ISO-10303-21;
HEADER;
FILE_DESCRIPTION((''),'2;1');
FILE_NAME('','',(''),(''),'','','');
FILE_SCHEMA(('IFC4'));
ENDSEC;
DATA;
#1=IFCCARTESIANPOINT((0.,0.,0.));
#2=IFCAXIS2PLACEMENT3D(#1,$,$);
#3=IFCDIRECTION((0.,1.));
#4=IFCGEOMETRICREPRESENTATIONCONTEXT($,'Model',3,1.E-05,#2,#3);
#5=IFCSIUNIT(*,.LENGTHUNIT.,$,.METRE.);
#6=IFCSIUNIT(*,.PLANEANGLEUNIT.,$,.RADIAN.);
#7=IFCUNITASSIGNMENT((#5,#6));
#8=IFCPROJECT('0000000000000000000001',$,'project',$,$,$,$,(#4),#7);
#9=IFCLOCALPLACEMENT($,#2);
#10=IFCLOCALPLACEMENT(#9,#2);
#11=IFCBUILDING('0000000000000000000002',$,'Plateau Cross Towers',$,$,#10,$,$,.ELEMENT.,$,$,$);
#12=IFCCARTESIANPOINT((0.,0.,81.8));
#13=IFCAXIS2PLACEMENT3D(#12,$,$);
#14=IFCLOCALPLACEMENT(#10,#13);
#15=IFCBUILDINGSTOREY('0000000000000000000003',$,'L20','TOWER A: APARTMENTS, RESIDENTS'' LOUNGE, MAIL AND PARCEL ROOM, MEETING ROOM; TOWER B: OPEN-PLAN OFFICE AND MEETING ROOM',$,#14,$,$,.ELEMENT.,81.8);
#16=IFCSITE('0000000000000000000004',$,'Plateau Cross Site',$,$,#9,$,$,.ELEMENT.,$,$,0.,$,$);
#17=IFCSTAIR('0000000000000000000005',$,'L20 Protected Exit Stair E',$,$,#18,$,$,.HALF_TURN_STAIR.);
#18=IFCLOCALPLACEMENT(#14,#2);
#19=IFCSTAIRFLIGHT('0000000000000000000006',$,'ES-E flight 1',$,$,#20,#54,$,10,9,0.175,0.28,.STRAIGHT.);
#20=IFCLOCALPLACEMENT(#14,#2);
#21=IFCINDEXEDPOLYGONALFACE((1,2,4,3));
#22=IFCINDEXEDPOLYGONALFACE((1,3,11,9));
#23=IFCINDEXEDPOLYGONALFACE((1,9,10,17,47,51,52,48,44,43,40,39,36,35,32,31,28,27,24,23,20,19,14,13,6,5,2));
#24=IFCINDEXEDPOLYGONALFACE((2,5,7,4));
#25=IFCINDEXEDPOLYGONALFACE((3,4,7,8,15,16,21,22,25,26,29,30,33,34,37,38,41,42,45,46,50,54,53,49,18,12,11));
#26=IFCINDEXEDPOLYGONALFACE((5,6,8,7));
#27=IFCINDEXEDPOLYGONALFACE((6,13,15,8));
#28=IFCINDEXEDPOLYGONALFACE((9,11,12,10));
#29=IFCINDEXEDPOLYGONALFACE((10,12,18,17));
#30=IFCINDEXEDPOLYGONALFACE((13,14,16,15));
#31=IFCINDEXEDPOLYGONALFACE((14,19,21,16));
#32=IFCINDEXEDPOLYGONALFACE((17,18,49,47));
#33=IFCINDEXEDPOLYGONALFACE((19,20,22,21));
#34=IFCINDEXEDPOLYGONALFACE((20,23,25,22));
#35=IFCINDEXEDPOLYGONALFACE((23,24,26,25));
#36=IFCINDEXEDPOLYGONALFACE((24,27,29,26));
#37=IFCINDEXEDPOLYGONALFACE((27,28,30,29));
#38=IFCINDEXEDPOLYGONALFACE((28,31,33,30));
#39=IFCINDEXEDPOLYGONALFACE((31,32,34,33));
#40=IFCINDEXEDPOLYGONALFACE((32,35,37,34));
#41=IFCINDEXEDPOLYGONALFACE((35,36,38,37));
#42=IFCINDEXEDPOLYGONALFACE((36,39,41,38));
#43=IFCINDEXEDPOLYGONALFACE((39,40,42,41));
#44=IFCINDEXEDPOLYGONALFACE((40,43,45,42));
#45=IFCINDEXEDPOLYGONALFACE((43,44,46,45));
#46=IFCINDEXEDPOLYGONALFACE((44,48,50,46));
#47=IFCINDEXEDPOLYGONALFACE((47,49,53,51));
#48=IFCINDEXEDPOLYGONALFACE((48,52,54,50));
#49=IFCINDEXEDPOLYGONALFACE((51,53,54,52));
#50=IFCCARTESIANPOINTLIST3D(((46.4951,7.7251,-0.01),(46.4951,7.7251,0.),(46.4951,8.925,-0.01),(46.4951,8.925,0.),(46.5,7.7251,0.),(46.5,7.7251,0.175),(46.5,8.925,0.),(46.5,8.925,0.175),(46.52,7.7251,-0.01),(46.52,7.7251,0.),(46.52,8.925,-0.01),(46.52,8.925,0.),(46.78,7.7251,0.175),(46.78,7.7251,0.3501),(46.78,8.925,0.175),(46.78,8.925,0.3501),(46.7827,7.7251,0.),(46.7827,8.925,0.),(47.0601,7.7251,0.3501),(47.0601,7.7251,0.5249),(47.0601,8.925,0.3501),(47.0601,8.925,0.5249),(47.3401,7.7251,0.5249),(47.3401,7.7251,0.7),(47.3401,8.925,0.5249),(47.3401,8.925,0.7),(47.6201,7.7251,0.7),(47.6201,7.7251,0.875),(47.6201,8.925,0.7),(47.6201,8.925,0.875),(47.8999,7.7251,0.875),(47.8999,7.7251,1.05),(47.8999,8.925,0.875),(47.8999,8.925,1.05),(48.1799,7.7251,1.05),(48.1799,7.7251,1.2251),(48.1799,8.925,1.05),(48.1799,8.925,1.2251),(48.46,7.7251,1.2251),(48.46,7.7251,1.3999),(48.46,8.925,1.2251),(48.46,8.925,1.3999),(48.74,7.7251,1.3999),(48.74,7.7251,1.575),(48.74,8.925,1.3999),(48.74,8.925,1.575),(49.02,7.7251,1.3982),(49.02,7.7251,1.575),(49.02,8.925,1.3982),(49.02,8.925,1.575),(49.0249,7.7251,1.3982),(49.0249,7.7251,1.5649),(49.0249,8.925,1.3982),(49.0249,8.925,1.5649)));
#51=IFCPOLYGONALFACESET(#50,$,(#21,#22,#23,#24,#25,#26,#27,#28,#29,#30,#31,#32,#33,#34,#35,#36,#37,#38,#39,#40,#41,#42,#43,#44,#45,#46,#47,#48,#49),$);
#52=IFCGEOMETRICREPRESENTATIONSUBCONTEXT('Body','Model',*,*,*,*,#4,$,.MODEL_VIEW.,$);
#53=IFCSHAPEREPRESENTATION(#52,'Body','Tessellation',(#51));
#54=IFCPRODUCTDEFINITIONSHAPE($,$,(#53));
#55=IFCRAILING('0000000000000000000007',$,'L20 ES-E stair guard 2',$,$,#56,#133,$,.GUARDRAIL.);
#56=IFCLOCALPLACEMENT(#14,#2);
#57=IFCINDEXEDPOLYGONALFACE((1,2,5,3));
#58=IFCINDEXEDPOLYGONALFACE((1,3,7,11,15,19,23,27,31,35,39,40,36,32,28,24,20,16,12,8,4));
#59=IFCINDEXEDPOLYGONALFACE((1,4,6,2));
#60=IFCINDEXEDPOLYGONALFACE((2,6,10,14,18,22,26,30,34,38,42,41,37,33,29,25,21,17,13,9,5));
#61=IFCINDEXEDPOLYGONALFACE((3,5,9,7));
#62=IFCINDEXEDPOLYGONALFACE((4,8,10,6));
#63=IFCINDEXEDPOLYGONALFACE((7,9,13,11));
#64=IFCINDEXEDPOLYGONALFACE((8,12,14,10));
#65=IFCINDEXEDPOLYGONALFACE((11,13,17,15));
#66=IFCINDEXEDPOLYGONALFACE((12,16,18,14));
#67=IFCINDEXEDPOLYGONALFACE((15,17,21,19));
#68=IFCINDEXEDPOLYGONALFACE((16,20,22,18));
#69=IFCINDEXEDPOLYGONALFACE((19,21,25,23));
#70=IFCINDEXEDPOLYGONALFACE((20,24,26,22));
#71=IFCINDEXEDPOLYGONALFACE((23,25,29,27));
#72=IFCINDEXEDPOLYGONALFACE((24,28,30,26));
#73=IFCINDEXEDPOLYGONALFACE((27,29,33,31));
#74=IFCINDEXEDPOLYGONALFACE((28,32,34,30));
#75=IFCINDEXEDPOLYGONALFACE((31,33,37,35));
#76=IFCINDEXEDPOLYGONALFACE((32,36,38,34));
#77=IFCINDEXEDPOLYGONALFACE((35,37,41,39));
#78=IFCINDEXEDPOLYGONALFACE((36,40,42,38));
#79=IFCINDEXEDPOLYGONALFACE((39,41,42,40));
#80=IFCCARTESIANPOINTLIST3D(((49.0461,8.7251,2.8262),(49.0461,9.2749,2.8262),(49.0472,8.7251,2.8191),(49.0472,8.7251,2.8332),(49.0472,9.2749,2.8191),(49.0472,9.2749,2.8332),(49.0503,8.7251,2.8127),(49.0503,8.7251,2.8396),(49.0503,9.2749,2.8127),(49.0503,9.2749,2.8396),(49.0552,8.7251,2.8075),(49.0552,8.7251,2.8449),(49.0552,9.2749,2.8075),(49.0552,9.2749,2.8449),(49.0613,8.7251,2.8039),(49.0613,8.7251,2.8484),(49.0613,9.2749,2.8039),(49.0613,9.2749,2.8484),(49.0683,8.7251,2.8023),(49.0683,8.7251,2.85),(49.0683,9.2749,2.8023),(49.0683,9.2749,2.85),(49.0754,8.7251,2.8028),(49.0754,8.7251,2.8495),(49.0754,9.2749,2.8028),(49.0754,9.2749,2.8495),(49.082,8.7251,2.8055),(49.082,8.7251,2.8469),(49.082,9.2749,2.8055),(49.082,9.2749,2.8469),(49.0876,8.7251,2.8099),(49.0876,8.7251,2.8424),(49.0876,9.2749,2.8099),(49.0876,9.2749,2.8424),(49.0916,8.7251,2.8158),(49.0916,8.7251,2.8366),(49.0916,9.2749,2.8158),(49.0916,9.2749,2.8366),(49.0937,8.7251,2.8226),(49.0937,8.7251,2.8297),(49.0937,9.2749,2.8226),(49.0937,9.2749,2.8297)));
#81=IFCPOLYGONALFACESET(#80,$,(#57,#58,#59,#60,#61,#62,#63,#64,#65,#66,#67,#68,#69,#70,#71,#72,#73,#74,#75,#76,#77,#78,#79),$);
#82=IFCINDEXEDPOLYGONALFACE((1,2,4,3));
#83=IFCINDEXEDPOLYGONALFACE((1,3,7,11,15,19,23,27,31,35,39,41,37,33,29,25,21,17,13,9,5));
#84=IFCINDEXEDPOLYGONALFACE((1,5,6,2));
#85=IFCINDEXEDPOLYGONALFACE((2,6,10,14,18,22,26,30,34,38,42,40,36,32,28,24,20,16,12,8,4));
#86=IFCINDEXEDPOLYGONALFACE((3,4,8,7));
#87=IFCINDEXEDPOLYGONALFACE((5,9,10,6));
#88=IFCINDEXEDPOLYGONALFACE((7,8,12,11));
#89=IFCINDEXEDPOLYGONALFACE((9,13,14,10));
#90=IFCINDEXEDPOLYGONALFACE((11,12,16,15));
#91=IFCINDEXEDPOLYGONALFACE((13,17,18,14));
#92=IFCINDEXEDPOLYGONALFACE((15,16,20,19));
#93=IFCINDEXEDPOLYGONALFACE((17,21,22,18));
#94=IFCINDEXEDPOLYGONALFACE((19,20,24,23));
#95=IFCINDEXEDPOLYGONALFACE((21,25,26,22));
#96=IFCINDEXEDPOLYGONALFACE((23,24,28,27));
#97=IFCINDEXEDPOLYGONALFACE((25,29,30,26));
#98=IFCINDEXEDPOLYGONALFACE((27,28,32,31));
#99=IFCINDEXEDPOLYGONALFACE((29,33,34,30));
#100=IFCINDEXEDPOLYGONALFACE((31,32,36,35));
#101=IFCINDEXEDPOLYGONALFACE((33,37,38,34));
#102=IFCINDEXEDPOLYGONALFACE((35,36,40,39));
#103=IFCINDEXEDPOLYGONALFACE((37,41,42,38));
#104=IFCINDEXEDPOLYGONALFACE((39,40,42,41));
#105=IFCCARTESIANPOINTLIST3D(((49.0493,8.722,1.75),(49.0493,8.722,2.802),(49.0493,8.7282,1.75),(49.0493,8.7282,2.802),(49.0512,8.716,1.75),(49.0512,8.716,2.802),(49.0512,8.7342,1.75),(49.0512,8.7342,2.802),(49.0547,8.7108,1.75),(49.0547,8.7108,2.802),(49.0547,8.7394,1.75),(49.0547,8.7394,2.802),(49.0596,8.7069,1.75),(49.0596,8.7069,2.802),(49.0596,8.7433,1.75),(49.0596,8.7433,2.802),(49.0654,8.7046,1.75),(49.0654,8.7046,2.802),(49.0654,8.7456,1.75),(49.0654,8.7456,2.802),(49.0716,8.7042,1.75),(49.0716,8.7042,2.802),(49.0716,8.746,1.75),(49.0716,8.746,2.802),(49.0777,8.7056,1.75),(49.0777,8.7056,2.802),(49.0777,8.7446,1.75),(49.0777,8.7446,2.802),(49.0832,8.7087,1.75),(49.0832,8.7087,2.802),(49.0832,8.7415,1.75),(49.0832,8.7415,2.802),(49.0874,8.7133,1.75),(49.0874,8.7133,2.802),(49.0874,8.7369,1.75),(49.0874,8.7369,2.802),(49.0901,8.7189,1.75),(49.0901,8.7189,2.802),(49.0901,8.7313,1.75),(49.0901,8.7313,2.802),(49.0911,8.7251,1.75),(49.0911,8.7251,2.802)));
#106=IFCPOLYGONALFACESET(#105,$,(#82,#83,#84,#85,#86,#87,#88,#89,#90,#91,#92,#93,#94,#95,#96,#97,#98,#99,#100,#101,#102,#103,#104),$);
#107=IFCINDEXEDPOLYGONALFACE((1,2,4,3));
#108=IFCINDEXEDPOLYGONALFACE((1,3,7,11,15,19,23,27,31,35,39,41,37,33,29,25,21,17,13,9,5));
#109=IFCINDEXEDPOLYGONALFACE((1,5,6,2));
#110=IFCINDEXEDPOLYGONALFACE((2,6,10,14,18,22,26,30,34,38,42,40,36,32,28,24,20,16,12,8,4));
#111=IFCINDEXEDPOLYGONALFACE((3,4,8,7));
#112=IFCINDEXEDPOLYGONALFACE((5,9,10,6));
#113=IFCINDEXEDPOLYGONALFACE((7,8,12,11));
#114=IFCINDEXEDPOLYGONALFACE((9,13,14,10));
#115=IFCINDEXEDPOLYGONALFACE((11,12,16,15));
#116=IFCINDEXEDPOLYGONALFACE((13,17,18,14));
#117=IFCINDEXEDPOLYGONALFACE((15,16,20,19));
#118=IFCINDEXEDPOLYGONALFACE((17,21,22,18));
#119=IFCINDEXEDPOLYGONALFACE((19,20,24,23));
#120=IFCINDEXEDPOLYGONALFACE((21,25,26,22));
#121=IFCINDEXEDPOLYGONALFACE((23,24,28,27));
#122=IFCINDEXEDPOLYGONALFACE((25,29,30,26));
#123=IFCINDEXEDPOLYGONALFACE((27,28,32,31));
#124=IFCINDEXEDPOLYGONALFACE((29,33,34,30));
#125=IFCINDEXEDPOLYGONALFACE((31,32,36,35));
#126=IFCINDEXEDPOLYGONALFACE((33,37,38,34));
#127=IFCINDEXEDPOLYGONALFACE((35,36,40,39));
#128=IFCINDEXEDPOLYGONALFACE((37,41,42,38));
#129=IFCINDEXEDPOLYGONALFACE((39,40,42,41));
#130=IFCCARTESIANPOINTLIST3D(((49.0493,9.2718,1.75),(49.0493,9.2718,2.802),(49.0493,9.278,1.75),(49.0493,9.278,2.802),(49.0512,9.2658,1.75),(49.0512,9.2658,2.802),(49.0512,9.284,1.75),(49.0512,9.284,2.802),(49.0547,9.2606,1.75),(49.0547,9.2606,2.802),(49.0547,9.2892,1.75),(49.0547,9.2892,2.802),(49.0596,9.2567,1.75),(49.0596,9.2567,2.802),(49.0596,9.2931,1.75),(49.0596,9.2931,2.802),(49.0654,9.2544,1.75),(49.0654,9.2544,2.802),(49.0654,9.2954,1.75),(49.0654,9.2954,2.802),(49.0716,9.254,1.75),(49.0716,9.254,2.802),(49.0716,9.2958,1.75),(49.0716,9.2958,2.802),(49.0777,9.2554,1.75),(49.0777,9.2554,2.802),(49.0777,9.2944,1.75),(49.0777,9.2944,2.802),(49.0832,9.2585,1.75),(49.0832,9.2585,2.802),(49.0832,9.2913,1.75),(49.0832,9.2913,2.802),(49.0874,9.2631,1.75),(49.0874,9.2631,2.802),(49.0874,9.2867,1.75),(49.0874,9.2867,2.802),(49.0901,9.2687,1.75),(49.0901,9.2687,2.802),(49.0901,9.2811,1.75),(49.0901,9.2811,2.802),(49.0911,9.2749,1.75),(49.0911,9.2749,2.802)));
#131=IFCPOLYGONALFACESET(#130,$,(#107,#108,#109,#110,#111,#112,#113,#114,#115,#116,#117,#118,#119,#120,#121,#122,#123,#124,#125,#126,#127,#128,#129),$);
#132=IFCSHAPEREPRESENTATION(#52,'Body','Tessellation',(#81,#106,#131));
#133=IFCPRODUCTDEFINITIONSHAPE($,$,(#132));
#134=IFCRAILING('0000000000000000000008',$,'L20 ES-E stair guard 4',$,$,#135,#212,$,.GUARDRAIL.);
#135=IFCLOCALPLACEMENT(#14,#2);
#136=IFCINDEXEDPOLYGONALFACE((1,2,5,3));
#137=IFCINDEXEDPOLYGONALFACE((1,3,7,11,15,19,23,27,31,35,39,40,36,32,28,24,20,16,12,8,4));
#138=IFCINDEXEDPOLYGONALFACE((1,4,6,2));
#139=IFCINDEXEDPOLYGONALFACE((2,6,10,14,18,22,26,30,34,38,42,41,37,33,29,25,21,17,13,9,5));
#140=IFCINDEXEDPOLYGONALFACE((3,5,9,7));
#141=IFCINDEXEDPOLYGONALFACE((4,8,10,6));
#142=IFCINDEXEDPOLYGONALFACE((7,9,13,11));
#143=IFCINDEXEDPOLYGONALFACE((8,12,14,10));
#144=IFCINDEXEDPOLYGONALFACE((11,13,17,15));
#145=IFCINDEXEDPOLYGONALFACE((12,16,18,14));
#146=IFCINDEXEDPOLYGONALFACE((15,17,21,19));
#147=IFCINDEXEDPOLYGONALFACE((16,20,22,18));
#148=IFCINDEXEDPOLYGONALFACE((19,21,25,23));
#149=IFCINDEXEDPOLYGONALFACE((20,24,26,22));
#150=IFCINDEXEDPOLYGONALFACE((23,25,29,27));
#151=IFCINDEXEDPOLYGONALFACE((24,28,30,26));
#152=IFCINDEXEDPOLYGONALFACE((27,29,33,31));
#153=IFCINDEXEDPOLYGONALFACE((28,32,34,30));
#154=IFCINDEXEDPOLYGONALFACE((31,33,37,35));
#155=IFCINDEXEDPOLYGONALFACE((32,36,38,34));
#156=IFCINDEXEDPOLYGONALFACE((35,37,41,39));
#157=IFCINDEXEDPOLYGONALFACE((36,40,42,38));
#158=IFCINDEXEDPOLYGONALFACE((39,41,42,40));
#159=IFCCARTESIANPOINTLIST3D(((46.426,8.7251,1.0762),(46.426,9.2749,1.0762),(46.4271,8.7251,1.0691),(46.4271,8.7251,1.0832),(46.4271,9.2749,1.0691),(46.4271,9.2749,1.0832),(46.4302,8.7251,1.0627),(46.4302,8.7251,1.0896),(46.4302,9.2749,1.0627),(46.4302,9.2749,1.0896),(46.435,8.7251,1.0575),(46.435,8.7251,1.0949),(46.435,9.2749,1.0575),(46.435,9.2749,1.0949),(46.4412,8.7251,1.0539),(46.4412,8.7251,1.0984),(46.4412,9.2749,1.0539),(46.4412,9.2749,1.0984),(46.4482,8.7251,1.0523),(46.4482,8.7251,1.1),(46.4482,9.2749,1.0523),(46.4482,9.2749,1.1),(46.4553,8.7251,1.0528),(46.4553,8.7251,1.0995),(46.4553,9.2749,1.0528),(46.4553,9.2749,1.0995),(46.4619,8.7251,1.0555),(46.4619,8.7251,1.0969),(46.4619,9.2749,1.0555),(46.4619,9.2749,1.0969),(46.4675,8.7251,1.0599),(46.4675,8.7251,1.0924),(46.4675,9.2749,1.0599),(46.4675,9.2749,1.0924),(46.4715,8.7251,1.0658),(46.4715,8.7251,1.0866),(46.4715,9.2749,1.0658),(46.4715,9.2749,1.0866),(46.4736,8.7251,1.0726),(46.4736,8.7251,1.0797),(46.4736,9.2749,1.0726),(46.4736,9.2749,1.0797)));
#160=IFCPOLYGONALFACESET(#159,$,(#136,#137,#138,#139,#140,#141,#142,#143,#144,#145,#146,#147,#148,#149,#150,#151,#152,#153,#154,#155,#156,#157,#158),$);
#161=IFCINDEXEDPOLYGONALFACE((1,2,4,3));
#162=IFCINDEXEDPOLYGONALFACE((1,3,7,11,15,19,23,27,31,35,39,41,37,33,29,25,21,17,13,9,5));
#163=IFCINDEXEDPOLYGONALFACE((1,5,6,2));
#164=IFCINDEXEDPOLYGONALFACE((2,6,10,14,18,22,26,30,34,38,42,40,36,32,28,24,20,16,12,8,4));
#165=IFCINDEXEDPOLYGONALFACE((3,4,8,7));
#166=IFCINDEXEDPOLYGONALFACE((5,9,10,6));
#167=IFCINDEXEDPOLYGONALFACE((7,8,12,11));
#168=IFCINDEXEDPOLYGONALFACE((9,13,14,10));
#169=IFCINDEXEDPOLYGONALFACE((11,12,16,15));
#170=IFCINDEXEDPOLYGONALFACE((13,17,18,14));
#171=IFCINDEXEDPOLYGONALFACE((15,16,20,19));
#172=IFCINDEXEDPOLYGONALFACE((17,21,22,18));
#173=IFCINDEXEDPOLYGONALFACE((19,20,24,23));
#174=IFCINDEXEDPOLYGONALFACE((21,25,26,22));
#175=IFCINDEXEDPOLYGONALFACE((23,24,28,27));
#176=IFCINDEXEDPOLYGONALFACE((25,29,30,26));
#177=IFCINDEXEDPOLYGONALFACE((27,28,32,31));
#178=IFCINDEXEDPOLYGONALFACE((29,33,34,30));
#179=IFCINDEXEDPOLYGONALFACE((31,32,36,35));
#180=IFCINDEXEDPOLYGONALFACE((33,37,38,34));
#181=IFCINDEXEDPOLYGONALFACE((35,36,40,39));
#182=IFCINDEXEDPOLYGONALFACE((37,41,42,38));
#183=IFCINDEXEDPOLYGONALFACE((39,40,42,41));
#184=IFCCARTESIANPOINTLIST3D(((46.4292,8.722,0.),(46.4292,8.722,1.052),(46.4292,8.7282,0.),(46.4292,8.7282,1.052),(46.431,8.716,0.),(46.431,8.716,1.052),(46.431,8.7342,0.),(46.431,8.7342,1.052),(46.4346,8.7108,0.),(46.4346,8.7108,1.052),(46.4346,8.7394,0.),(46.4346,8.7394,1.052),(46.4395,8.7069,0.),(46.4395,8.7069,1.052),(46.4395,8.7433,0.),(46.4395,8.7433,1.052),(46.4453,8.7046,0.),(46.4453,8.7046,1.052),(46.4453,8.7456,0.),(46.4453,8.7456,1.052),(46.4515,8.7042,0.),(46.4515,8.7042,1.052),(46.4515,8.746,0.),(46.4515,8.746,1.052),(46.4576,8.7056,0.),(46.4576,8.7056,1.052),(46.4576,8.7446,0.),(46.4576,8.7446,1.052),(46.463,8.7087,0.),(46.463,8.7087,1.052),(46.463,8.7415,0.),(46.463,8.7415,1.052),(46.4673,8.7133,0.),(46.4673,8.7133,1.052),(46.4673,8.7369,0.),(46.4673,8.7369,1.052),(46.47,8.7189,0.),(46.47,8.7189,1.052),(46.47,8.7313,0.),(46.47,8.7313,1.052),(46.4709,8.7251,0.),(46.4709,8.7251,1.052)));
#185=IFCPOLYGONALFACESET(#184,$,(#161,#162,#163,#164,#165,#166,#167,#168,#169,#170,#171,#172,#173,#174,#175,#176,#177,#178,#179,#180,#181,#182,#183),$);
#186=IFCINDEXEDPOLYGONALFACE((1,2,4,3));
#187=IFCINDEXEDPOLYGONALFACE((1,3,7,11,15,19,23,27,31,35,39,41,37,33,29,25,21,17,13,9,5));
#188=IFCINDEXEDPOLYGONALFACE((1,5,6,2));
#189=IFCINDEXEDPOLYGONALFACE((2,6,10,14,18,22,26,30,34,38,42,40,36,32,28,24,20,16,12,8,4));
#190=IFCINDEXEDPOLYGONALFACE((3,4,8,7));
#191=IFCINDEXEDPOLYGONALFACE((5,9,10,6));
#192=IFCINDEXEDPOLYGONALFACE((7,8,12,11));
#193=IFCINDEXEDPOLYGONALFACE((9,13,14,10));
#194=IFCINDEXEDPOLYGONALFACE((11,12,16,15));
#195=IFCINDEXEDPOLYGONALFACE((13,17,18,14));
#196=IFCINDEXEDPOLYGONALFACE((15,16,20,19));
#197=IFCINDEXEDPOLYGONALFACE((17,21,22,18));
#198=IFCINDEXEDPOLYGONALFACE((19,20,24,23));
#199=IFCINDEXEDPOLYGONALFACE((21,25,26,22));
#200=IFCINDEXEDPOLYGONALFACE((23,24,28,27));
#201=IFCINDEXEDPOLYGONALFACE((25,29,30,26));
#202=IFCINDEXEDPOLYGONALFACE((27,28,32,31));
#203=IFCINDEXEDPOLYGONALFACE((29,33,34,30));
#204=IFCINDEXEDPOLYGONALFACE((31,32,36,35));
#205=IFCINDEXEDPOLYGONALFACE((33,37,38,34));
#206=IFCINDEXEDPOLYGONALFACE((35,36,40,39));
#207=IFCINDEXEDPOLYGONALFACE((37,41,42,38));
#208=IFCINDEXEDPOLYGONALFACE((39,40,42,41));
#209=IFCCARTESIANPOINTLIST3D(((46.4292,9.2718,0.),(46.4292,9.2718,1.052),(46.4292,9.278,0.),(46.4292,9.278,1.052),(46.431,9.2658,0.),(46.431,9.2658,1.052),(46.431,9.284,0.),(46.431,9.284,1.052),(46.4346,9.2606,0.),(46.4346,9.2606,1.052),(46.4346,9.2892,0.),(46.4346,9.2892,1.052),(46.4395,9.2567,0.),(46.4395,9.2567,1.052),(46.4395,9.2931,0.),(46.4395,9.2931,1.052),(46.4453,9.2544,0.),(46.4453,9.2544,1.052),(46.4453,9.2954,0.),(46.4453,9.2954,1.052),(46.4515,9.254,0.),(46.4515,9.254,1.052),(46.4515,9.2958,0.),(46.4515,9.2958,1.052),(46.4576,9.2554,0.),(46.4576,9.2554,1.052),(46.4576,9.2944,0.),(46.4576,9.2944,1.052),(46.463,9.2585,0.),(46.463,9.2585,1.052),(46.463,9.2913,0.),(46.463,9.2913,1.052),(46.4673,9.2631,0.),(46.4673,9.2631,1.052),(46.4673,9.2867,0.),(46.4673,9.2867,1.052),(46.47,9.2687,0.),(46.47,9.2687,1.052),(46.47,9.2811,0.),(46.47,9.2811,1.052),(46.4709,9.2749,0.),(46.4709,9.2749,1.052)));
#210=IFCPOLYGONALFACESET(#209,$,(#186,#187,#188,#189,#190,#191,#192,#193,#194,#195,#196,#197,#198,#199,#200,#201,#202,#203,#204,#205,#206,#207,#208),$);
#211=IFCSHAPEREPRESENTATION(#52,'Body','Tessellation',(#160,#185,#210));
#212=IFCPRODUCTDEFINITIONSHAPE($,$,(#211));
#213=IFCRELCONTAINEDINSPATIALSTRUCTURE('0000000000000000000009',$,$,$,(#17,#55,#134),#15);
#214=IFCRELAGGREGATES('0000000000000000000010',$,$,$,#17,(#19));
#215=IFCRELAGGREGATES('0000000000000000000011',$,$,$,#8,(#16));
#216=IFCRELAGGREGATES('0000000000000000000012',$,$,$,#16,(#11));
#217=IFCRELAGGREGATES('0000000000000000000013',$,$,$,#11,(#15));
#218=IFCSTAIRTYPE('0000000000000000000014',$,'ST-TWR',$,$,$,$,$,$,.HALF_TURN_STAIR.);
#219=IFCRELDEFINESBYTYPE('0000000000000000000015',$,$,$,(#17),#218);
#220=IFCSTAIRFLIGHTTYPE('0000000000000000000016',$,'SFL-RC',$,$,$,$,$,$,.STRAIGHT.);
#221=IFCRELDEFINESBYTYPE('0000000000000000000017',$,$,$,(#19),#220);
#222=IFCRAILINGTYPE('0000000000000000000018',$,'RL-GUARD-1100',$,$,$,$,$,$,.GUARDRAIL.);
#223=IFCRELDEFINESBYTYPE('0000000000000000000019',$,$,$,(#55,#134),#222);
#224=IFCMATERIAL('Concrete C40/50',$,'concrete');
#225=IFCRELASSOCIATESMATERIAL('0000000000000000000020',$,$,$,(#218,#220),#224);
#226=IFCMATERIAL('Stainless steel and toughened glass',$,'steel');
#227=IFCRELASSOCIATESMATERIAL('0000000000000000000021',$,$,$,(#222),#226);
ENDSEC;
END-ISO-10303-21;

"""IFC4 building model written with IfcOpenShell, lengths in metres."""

from ifc_helpers import new_model, si_unit, direction, frame, origin, origin_2d, place, context, subcontext, project, spatial, polyline, circle, outline, extrude, material, type_object, element, aggregate, save


model = new_model("IFC4")

# Units and contexts
model_context = context("Model", 3, precision=1e-05, world=origin(), true_north=direction((0.0, 1.0)))
body_context = subcontext(model_context, "Body", "Model", "MODEL_VIEW")
ifc_project = project(units=[si_unit("LENGTHUNIT", "METRE"), si_unit("PLANEANGLEUNIT", "RADIAN")], contexts=[model_context])

# Site, building, storey
site_placement = place(None, origin())
site = spatial("IfcSite", under=ifc_project, at=site_placement, Name="Plateau Cross Site", CompositionType="ELEMENT", RefElevation=0.0)
building_placement = place(site_placement, origin())
building = spatial("IfcBuilding", under=site, at=building_placement, Name="Plateau Cross Towers", CompositionType="ELEMENT")
storey_placement = place(building_placement, frame((0.0, 0.0, 81.8)))
storey = spatial("IfcBuildingStorey", under=building, at=storey_placement, Name="L20", Description="TOWER A: APARTMENTS, RESIDENTS' LOUNGE, MAIL AND PARCEL ROOM, MEETING ROOM; TOWER B: OPEN-PLAN OFFICE AND MEETING ROOM", CompositionType="ELEMENT", Elevation=81.8)

# Stair, stair flight
ifc_material_1 = material(Name="Concrete C40/50", Category="concrete")
stair_type = type_object("IfcStairType", Name="ST-TWR", PredefinedType="HALF_TURN_STAIR", material=ifc_material_1)
stair_placement = place(storey_placement, origin())
stair = element("IfcStair", 1, at=stair_placement, inside=storey, type_object=stair_type, Name="L20 Protected Exit Stair E", PredefinedType="HALF_TURN_STAIR")
stair_flight_type = type_object("IfcStairFlightType", Name="SFL-RC", PredefinedType="STRAIGHT", material=ifc_material_1)
stair_flight_placement = place(storey_placement, frame((46.5, 8.325, 0.0), z_axis=(0.0, 0.0, 1.0), x_axis=(1.0, 0.0, 0.0)))
stair_flight = element("IfcStairFlight", 2, at=stair_flight_placement, type_object=stair_flight_type, Name="ES-E flight 1", NumberOfRisers=10, NumberOfTreads=9, PredefinedType="STRAIGHT", RiserHeight=0.175, TreadLength=0.28, context=body_context, shape_type="SweptSolid", body=[
    extrude(outline(polyline([(-0.0049, -0.01), (-0.0049, 0.0), (0.0, 0.0), (0.0, 0.175), (0.28, 0.175), (0.28, 0.3501), (0.5601, 0.3501), (0.5601, 0.5249), (0.8401, 0.5249), (0.8401, 0.7), (1.1201, 0.7), (1.1201, 0.875), (1.3999, 0.875), (1.3999, 1.05), (1.6799, 1.05), (1.6799, 1.2251), (1.96, 1.2251), (1.96, 1.3999), (2.24, 1.3999), (2.24, 1.575), (2.52, 1.575), (2.5249, 1.5649), (2.5249, 1.3982), (2.52, 1.3982), (0.2827, 0.0), (0.02, 0.0), (0.02, -0.01), (-0.0049, -0.01)])), frame((0.0, 0.6001, 0.0), z_axis=(0.0, -1.0, 0.0), x_axis=(1.0, 0.0, 0.0)), (0.0, 0.0, 1.0), 1.2),
])
aggregate(stair, [stair_flight])

# Railings
ifc_material_2 = material(Name="Stainless steel and toughened glass", Category="steel")
railing_type_1 = type_object("IfcRailingType", Name="RL-GUARD-1100", PredefinedType="GUARDRAIL", material=ifc_material_2)
for number, where, name in (
    (3, (49.0701, 8.7251, 1.75), "L20 ES-E stair guard 2"),
    (4, (46.45, 8.7251, 0.0), "L20 ES-E stair guard 4"),
):
    element("IfcRailing", number, at=place(storey_placement, frame(where)), inside=storey, type_object=railing_type_1, Name=name, PredefinedType="GUARDRAIL", context=body_context, shape_type="SweptSolid", body=[
        extrude(circle(Radius=0.0239, at=origin_2d()), frame((0.0, 0.0, 1.0762), z_axis=(0.0, 1.0, 0.0), x_axis=(-1.0, 0.0, 0.0)), (0.0, 0.0, 1.0), 0.5498),
        extrude(circle(Radius=0.021, at=origin_2d()), origin(), (0.0, 0.0, 1.0), 1.052),
        extrude(circle(Radius=0.021, at=origin_2d()), frame((0.0, 0.5498, 0.0)), (0.0, 0.0, 1.0), 1.052),
    ])

save(model, "model.ifc")
